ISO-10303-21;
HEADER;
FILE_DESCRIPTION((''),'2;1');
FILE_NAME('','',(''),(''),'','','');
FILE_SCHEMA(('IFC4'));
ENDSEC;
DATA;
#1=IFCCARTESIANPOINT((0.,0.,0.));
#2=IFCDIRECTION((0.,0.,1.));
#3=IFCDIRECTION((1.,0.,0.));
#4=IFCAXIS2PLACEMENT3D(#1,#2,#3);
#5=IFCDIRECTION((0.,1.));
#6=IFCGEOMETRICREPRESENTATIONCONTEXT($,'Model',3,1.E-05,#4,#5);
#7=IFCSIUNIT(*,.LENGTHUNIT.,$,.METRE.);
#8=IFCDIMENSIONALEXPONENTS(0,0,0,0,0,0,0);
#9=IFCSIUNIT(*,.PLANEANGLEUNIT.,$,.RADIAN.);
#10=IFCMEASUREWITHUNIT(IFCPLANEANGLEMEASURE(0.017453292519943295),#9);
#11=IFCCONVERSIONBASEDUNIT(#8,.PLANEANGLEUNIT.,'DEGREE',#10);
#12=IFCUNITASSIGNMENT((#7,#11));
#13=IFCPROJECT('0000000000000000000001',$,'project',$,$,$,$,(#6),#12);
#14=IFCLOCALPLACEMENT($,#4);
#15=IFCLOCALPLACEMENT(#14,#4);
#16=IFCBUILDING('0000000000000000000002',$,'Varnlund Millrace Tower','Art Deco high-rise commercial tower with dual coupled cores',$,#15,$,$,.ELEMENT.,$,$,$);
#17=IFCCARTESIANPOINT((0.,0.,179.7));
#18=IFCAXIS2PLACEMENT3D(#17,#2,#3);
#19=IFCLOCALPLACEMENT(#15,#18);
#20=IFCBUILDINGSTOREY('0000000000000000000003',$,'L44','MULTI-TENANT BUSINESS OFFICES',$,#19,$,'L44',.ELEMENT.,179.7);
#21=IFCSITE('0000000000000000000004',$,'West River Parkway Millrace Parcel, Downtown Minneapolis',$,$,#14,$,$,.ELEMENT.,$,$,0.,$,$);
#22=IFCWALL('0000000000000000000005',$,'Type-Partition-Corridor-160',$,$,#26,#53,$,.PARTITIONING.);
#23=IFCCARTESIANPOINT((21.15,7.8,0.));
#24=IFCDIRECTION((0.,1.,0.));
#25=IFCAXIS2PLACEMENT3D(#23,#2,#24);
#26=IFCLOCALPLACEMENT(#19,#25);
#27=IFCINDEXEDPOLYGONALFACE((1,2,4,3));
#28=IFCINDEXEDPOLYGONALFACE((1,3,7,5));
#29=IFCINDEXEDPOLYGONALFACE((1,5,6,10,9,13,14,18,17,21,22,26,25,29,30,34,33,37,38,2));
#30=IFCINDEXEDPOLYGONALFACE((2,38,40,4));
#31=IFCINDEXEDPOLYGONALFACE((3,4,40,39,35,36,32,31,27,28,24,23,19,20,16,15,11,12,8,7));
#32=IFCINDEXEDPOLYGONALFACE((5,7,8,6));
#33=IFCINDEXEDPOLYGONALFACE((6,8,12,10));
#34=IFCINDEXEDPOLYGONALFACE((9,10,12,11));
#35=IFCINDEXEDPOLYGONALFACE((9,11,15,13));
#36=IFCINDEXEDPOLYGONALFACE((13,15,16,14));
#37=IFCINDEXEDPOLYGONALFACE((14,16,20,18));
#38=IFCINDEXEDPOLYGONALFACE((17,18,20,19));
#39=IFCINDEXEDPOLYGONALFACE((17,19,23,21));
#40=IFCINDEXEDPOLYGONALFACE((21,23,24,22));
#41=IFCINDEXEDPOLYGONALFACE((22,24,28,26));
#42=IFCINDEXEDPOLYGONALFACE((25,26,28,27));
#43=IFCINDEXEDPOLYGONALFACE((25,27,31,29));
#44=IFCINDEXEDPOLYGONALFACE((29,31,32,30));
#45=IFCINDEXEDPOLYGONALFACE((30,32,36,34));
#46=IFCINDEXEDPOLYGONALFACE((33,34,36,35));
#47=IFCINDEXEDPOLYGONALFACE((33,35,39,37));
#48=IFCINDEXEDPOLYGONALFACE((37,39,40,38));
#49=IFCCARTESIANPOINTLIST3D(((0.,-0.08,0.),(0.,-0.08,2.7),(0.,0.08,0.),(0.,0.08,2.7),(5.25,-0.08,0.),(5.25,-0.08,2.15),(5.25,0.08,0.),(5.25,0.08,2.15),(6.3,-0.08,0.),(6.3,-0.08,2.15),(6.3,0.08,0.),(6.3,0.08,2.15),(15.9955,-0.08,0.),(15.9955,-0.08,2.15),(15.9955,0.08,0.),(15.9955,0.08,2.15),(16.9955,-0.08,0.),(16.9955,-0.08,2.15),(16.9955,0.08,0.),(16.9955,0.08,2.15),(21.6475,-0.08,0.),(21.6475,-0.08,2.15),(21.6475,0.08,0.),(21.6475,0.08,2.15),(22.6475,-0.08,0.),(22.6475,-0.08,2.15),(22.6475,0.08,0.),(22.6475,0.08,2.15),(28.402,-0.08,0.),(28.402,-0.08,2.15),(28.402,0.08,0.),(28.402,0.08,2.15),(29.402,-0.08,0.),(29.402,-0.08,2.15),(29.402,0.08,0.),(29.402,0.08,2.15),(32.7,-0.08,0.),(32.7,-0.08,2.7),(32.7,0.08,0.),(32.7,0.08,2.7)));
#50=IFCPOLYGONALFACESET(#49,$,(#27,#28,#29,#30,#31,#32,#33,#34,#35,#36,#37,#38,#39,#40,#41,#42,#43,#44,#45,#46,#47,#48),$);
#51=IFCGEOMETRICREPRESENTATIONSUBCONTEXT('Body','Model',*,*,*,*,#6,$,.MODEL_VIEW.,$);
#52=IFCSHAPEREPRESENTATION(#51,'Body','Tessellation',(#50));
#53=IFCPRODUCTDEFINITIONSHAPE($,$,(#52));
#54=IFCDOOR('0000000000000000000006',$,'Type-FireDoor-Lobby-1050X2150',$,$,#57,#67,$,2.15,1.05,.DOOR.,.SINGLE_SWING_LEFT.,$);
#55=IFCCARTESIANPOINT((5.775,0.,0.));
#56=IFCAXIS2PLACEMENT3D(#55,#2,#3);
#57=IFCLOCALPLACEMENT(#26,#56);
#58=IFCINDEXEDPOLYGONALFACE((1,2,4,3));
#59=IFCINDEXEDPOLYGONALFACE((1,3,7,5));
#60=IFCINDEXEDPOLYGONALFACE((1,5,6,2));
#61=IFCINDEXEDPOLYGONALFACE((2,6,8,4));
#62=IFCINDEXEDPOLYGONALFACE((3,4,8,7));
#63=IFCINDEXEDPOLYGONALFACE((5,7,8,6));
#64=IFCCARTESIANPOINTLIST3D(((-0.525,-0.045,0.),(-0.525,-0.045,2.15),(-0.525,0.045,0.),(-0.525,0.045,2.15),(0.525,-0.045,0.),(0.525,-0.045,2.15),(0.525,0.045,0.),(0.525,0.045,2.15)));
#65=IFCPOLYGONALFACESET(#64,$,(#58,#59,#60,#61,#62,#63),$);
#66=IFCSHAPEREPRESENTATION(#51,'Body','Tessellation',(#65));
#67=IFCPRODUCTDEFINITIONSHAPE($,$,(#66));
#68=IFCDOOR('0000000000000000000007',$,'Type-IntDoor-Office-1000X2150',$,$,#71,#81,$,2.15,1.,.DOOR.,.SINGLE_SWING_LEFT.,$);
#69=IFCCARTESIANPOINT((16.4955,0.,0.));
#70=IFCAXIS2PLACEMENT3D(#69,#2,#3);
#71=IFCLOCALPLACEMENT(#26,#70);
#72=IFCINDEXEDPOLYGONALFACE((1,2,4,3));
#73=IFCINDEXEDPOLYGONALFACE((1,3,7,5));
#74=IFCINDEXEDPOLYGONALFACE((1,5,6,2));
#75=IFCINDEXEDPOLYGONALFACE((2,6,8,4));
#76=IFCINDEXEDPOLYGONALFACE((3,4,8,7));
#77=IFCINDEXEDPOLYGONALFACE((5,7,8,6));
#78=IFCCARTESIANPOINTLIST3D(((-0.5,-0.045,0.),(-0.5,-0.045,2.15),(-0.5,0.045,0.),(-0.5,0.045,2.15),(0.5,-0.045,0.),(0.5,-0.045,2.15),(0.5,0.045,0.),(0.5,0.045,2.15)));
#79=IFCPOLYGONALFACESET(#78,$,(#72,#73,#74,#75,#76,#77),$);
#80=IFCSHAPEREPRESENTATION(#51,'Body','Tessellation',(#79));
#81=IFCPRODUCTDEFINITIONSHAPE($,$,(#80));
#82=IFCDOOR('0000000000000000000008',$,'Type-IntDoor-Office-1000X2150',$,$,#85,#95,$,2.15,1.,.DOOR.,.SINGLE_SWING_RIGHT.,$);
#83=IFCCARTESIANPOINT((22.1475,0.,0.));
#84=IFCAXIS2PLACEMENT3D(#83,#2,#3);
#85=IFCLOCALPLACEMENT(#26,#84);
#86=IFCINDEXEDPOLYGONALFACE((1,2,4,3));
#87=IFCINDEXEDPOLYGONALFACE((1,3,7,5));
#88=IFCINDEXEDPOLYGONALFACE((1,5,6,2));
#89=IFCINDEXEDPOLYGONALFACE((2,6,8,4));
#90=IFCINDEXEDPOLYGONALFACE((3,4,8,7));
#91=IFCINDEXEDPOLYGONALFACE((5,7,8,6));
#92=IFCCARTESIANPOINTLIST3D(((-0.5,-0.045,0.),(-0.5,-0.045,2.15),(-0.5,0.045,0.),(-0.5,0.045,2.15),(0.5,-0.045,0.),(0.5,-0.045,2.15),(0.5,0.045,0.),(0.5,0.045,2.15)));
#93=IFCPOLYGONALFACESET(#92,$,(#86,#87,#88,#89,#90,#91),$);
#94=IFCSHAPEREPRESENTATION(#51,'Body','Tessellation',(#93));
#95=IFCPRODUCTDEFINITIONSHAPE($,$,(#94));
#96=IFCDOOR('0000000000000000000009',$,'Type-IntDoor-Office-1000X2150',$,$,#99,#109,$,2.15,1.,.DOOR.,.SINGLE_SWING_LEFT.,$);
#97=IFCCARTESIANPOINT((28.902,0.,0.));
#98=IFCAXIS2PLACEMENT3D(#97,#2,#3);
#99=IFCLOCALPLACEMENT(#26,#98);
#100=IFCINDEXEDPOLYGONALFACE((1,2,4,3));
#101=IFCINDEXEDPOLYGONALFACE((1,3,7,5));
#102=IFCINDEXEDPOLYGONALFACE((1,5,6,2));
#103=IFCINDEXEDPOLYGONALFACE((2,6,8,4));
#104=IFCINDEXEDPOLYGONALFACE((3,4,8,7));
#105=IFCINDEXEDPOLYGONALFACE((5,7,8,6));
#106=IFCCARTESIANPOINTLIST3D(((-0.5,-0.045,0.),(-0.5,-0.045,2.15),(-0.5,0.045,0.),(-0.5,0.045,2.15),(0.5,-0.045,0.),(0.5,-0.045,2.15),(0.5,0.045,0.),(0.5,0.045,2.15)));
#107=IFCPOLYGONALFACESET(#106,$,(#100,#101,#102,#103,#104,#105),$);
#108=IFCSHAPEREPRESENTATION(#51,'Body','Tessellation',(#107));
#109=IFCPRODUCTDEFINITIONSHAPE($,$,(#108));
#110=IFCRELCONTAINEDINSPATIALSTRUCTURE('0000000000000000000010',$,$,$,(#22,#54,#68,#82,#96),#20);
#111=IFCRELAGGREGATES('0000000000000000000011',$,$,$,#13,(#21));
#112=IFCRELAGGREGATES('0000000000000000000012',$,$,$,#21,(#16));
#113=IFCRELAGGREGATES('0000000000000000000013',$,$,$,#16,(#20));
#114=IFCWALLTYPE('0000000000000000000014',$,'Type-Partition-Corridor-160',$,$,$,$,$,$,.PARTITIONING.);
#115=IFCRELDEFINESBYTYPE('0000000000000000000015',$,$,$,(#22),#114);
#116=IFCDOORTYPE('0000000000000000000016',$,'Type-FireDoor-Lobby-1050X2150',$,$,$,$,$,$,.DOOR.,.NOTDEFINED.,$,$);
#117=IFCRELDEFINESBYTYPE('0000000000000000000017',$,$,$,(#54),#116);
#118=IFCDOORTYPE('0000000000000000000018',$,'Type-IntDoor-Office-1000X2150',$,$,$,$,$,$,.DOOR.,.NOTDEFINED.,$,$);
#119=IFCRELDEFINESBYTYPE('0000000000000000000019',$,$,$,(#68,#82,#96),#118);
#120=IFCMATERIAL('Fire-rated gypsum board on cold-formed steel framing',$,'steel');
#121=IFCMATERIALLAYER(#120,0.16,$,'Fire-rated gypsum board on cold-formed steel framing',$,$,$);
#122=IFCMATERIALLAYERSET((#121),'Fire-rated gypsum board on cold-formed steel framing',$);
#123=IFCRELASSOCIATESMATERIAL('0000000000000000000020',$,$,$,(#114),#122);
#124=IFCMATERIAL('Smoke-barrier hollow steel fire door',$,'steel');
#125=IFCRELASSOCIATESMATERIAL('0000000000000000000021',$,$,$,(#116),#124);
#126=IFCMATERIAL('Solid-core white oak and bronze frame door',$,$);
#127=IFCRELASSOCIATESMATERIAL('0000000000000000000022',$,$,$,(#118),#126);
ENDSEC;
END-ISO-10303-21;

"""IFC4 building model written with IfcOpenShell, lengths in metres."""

from ifc_helpers import new_model, entity, si_unit, converted_unit, direction, frame, origin_with_axes, origin_2d_with_axis, place, context, subcontext, project, spatial, polyline, rectangle, outline, extrude, material, layer, layer_set, type_object, element, fill, save


model = new_model("IFC4")

# Units and contexts
model_context = context("Model", 3, precision=1e-05, world=origin_with_axes(), true_north=direction((0.0, 1.0)))
body_context = subcontext(model_context, "Body", "Model", "MODEL_VIEW")
ifc_project = project(units=[si_unit("LENGTHUNIT", "METRE"), converted_unit("PLANEANGLEUNIT", "DEGREE", entity("IfcPlaneAngleMeasure", 0.017453292519943295), si_unit("PLANEANGLEUNIT", "RADIAN"), dimensions=[0, 0, 0, 0, 0, 0, 0])], contexts=[model_context])

# Site, building, storey
site_placement = place(None, origin_with_axes())
site = spatial("IfcSite", under=ifc_project, at=site_placement, Name="West River Parkway Millrace Parcel, Downtown Minneapolis", CompositionType="ELEMENT", RefElevation=0.0)
building_placement = place(site_placement, origin_with_axes())
building = spatial("IfcBuilding", under=site, at=building_placement, Name="Varnlund Millrace Tower", Description="Art Deco high-rise commercial tower with dual coupled cores", CompositionType="ELEMENT")
storey_placement = place(building_placement, frame((0.0, 0.0, 179.7), z_axis=(0.0, 0.0, 1.0), x_axis=(1.0, 0.0, 0.0)))
storey = spatial("IfcBuildingStorey", under=building, at=storey_placement, Name="L44", Description="MULTI-TENANT BUSINESS OFFICES", LongName="L44", CompositionType="ELEMENT", Elevation=179.7)

# Wall, openings, doors
ifc_material_1 = material(Name="Fire-rated gypsum board on cold-formed steel framing", Category="steel")
ifc_layer_1 = layer(ifc_material_1, 0.16, Name="Fire-rated gypsum board on cold-formed steel framing")
ifc_layer_set_1 = layer_set([ifc_layer_1], Name="Fire-rated gypsum board on cold-formed steel framing")
wall_type_1 = type_object("IfcWallType", Name="Type-Partition-Corridor-160", PredefinedType="PARTITIONING", material=ifc_layer_set_1)
wall_1_placement = place(storey_placement, frame((21.15, 7.8, 0.0), z_axis=(0.0, 0.0, 1.0), x_axis=(0.0, 1.0, 0.0)))
wall_1 = element("IfcWall", 1, at=wall_1_placement, inside=storey, type_object=wall_type_1, Name="Type-Partition-Corridor-160", PredefinedType="PARTITIONING", context=body_context, shape_type="SweptSolid", body=[
    extrude(outline(polyline([(0.0, -0.08), (32.7, -0.08), (32.7, 0.08), (0.0, 0.08), (0.0, -0.08)])), origin_with_axes(), (0.0, 0.0, 1.0), 2.7),
])
opening_1_placement = place(wall_1_placement, frame((16.4955, 0.0, 0.0), z_axis=(0.0, 0.0, 1.0), x_axis=(1.0, 0.0, 0.0)))
opening_1 = element("IfcOpeningElement", 2, at=opening_1_placement, cuts=wall_1, PredefinedType="OPENING", context=body_context, shape_type="SweptSolid", body=[
    extrude(rectangle(XDim=1.0, YDim=0.18, at=origin_2d_with_axis()), origin_with_axes(), (0.0, 0.0, 1.0), 2.15),
])
opening_2_placement = place(wall_1_placement, frame((22.1475, 0.0, 0.0), z_axis=(0.0, 0.0, 1.0), x_axis=(1.0, 0.0, 0.0)))
opening_2 = element("IfcOpeningElement", 3, at=opening_2_placement, cuts=wall_1, PredefinedType="OPENING", context=body_context, shape_type="SweptSolid", body=[
    extrude(rectangle(XDim=1.0, YDim=0.18, at=origin_2d_with_axis()), origin_with_axes(), (0.0, 0.0, 1.0), 2.15),
])
opening_3_placement = place(wall_1_placement, frame((28.902, 0.0, 0.0), z_axis=(0.0, 0.0, 1.0), x_axis=(1.0, 0.0, 0.0)))
opening_3 = element("IfcOpeningElement", 4, at=opening_3_placement, cuts=wall_1, PredefinedType="OPENING", context=body_context, shape_type="SweptSolid", body=[
    extrude(rectangle(XDim=1.0, YDim=0.18, at=origin_2d_with_axis()), origin_with_axes(), (0.0, 0.0, 1.0), 2.15),
])
opening_4_placement = place(wall_1_placement, frame((5.775, 0.0, 0.0), z_axis=(0.0, 0.0, 1.0), x_axis=(1.0, 0.0, 0.0)))
opening_4 = element("IfcOpeningElement", 5, at=opening_4_placement, cuts=wall_1, PredefinedType="OPENING", context=body_context, shape_type="SweptSolid", body=[
    extrude(rectangle(XDim=1.05, YDim=0.18, at=origin_2d_with_axis()), origin_with_axes(), (0.0, 0.0, 1.0), 2.15),
])
ifc_material_2 = material(Name="Smoke-barrier hollow steel fire door", Category="steel")
door_type_1 = type_object("IfcDoorType", Name="Type-FireDoor-Lobby-1050X2150", OperationType="NOTDEFINED", PredefinedType="DOOR", material=ifc_material_2)
door_1_placement = place(wall_1_placement, frame((5.775, 0.0, 0.0), z_axis=(0.0, 0.0, 1.0), x_axis=(1.0, 0.0, 0.0)))
door_1 = element("IfcDoor", 6, at=door_1_placement, inside=storey, type_object=door_type_1, Name="Type-FireDoor-Lobby-1050X2150", OperationType="SINGLE_SWING_LEFT", OverallHeight=2.15, OverallWidth=1.05, PredefinedType="DOOR", context=body_context, shape_type="SweptSolid", body=[
    extrude(rectangle(XDim=1.05, YDim=0.09, at=origin_2d_with_axis()), origin_with_axes(), (0.0, 0.0, 1.0), 2.15),
])
fill(opening_4, door_1)
ifc_material_3 = material(Name="Solid-core white oak and bronze frame door")
door_type_2 = type_object("IfcDoorType", Name="Type-IntDoor-Office-1000X2150", OperationType="NOTDEFINED", PredefinedType="DOOR", material=ifc_material_3)
door_2_placement = place(wall_1_placement, frame((16.4955, 0.0, 0.0), z_axis=(0.0, 0.0, 1.0), x_axis=(1.0, 0.0, 0.0)))
door_2 = element("IfcDoor", 7, at=door_2_placement, inside=storey, type_object=door_type_2, Name="Type-IntDoor-Office-1000X2150", OperationType="SINGLE_SWING_LEFT", OverallHeight=2.15, OverallWidth=1.0, PredefinedType="DOOR", context=body_context, shape_type="SweptSolid", body=[
    extrude(rectangle(XDim=1.0, YDim=0.09, at=origin_2d_with_axis()), origin_with_axes(), (0.0, 0.0, 1.0), 2.15),
])
fill(opening_1, door_2)
door_3_placement = place(wall_1_placement, frame((22.1475, 0.0, 0.0), z_axis=(0.0, 0.0, 1.0), x_axis=(1.0, 0.0, 0.0)))
door_3 = element("IfcDoor", 8, at=door_3_placement, inside=storey, type_object=door_type_2, Name="Type-IntDoor-Office-1000X2150", OperationType="SINGLE_SWING_RIGHT", OverallHeight=2.15, OverallWidth=1.0, PredefinedType="DOOR", context=body_context, shape_type="SweptSolid", body=[
    extrude(rectangle(XDim=1.0, YDim=0.09, at=origin_2d_with_axis()), origin_with_axes(), (0.0, 0.0, 1.0), 2.15),
])
fill(opening_2, door_3)
door_4_placement = place(wall_1_placement, frame((28.902, 0.0, 0.0), z_axis=(0.0, 0.0, 1.0), x_axis=(1.0, 0.0, 0.0)))
door_4 = element("IfcDoor", 9, at=door_4_placement, inside=storey, type_object=door_type_2, Name="Type-IntDoor-Office-1000X2150", OperationType="SINGLE_SWING_LEFT", OverallHeight=2.15, OverallWidth=1.0, PredefinedType="DOOR", context=body_context, shape_type="SweptSolid", body=[
    extrude(rectangle(XDim=1.0, YDim=0.09, at=origin_2d_with_axis()), origin_with_axes(), (0.0, 0.0, 1.0), 2.15),
])
fill(opening_3, door_4)

save(model, "model.ifc")
